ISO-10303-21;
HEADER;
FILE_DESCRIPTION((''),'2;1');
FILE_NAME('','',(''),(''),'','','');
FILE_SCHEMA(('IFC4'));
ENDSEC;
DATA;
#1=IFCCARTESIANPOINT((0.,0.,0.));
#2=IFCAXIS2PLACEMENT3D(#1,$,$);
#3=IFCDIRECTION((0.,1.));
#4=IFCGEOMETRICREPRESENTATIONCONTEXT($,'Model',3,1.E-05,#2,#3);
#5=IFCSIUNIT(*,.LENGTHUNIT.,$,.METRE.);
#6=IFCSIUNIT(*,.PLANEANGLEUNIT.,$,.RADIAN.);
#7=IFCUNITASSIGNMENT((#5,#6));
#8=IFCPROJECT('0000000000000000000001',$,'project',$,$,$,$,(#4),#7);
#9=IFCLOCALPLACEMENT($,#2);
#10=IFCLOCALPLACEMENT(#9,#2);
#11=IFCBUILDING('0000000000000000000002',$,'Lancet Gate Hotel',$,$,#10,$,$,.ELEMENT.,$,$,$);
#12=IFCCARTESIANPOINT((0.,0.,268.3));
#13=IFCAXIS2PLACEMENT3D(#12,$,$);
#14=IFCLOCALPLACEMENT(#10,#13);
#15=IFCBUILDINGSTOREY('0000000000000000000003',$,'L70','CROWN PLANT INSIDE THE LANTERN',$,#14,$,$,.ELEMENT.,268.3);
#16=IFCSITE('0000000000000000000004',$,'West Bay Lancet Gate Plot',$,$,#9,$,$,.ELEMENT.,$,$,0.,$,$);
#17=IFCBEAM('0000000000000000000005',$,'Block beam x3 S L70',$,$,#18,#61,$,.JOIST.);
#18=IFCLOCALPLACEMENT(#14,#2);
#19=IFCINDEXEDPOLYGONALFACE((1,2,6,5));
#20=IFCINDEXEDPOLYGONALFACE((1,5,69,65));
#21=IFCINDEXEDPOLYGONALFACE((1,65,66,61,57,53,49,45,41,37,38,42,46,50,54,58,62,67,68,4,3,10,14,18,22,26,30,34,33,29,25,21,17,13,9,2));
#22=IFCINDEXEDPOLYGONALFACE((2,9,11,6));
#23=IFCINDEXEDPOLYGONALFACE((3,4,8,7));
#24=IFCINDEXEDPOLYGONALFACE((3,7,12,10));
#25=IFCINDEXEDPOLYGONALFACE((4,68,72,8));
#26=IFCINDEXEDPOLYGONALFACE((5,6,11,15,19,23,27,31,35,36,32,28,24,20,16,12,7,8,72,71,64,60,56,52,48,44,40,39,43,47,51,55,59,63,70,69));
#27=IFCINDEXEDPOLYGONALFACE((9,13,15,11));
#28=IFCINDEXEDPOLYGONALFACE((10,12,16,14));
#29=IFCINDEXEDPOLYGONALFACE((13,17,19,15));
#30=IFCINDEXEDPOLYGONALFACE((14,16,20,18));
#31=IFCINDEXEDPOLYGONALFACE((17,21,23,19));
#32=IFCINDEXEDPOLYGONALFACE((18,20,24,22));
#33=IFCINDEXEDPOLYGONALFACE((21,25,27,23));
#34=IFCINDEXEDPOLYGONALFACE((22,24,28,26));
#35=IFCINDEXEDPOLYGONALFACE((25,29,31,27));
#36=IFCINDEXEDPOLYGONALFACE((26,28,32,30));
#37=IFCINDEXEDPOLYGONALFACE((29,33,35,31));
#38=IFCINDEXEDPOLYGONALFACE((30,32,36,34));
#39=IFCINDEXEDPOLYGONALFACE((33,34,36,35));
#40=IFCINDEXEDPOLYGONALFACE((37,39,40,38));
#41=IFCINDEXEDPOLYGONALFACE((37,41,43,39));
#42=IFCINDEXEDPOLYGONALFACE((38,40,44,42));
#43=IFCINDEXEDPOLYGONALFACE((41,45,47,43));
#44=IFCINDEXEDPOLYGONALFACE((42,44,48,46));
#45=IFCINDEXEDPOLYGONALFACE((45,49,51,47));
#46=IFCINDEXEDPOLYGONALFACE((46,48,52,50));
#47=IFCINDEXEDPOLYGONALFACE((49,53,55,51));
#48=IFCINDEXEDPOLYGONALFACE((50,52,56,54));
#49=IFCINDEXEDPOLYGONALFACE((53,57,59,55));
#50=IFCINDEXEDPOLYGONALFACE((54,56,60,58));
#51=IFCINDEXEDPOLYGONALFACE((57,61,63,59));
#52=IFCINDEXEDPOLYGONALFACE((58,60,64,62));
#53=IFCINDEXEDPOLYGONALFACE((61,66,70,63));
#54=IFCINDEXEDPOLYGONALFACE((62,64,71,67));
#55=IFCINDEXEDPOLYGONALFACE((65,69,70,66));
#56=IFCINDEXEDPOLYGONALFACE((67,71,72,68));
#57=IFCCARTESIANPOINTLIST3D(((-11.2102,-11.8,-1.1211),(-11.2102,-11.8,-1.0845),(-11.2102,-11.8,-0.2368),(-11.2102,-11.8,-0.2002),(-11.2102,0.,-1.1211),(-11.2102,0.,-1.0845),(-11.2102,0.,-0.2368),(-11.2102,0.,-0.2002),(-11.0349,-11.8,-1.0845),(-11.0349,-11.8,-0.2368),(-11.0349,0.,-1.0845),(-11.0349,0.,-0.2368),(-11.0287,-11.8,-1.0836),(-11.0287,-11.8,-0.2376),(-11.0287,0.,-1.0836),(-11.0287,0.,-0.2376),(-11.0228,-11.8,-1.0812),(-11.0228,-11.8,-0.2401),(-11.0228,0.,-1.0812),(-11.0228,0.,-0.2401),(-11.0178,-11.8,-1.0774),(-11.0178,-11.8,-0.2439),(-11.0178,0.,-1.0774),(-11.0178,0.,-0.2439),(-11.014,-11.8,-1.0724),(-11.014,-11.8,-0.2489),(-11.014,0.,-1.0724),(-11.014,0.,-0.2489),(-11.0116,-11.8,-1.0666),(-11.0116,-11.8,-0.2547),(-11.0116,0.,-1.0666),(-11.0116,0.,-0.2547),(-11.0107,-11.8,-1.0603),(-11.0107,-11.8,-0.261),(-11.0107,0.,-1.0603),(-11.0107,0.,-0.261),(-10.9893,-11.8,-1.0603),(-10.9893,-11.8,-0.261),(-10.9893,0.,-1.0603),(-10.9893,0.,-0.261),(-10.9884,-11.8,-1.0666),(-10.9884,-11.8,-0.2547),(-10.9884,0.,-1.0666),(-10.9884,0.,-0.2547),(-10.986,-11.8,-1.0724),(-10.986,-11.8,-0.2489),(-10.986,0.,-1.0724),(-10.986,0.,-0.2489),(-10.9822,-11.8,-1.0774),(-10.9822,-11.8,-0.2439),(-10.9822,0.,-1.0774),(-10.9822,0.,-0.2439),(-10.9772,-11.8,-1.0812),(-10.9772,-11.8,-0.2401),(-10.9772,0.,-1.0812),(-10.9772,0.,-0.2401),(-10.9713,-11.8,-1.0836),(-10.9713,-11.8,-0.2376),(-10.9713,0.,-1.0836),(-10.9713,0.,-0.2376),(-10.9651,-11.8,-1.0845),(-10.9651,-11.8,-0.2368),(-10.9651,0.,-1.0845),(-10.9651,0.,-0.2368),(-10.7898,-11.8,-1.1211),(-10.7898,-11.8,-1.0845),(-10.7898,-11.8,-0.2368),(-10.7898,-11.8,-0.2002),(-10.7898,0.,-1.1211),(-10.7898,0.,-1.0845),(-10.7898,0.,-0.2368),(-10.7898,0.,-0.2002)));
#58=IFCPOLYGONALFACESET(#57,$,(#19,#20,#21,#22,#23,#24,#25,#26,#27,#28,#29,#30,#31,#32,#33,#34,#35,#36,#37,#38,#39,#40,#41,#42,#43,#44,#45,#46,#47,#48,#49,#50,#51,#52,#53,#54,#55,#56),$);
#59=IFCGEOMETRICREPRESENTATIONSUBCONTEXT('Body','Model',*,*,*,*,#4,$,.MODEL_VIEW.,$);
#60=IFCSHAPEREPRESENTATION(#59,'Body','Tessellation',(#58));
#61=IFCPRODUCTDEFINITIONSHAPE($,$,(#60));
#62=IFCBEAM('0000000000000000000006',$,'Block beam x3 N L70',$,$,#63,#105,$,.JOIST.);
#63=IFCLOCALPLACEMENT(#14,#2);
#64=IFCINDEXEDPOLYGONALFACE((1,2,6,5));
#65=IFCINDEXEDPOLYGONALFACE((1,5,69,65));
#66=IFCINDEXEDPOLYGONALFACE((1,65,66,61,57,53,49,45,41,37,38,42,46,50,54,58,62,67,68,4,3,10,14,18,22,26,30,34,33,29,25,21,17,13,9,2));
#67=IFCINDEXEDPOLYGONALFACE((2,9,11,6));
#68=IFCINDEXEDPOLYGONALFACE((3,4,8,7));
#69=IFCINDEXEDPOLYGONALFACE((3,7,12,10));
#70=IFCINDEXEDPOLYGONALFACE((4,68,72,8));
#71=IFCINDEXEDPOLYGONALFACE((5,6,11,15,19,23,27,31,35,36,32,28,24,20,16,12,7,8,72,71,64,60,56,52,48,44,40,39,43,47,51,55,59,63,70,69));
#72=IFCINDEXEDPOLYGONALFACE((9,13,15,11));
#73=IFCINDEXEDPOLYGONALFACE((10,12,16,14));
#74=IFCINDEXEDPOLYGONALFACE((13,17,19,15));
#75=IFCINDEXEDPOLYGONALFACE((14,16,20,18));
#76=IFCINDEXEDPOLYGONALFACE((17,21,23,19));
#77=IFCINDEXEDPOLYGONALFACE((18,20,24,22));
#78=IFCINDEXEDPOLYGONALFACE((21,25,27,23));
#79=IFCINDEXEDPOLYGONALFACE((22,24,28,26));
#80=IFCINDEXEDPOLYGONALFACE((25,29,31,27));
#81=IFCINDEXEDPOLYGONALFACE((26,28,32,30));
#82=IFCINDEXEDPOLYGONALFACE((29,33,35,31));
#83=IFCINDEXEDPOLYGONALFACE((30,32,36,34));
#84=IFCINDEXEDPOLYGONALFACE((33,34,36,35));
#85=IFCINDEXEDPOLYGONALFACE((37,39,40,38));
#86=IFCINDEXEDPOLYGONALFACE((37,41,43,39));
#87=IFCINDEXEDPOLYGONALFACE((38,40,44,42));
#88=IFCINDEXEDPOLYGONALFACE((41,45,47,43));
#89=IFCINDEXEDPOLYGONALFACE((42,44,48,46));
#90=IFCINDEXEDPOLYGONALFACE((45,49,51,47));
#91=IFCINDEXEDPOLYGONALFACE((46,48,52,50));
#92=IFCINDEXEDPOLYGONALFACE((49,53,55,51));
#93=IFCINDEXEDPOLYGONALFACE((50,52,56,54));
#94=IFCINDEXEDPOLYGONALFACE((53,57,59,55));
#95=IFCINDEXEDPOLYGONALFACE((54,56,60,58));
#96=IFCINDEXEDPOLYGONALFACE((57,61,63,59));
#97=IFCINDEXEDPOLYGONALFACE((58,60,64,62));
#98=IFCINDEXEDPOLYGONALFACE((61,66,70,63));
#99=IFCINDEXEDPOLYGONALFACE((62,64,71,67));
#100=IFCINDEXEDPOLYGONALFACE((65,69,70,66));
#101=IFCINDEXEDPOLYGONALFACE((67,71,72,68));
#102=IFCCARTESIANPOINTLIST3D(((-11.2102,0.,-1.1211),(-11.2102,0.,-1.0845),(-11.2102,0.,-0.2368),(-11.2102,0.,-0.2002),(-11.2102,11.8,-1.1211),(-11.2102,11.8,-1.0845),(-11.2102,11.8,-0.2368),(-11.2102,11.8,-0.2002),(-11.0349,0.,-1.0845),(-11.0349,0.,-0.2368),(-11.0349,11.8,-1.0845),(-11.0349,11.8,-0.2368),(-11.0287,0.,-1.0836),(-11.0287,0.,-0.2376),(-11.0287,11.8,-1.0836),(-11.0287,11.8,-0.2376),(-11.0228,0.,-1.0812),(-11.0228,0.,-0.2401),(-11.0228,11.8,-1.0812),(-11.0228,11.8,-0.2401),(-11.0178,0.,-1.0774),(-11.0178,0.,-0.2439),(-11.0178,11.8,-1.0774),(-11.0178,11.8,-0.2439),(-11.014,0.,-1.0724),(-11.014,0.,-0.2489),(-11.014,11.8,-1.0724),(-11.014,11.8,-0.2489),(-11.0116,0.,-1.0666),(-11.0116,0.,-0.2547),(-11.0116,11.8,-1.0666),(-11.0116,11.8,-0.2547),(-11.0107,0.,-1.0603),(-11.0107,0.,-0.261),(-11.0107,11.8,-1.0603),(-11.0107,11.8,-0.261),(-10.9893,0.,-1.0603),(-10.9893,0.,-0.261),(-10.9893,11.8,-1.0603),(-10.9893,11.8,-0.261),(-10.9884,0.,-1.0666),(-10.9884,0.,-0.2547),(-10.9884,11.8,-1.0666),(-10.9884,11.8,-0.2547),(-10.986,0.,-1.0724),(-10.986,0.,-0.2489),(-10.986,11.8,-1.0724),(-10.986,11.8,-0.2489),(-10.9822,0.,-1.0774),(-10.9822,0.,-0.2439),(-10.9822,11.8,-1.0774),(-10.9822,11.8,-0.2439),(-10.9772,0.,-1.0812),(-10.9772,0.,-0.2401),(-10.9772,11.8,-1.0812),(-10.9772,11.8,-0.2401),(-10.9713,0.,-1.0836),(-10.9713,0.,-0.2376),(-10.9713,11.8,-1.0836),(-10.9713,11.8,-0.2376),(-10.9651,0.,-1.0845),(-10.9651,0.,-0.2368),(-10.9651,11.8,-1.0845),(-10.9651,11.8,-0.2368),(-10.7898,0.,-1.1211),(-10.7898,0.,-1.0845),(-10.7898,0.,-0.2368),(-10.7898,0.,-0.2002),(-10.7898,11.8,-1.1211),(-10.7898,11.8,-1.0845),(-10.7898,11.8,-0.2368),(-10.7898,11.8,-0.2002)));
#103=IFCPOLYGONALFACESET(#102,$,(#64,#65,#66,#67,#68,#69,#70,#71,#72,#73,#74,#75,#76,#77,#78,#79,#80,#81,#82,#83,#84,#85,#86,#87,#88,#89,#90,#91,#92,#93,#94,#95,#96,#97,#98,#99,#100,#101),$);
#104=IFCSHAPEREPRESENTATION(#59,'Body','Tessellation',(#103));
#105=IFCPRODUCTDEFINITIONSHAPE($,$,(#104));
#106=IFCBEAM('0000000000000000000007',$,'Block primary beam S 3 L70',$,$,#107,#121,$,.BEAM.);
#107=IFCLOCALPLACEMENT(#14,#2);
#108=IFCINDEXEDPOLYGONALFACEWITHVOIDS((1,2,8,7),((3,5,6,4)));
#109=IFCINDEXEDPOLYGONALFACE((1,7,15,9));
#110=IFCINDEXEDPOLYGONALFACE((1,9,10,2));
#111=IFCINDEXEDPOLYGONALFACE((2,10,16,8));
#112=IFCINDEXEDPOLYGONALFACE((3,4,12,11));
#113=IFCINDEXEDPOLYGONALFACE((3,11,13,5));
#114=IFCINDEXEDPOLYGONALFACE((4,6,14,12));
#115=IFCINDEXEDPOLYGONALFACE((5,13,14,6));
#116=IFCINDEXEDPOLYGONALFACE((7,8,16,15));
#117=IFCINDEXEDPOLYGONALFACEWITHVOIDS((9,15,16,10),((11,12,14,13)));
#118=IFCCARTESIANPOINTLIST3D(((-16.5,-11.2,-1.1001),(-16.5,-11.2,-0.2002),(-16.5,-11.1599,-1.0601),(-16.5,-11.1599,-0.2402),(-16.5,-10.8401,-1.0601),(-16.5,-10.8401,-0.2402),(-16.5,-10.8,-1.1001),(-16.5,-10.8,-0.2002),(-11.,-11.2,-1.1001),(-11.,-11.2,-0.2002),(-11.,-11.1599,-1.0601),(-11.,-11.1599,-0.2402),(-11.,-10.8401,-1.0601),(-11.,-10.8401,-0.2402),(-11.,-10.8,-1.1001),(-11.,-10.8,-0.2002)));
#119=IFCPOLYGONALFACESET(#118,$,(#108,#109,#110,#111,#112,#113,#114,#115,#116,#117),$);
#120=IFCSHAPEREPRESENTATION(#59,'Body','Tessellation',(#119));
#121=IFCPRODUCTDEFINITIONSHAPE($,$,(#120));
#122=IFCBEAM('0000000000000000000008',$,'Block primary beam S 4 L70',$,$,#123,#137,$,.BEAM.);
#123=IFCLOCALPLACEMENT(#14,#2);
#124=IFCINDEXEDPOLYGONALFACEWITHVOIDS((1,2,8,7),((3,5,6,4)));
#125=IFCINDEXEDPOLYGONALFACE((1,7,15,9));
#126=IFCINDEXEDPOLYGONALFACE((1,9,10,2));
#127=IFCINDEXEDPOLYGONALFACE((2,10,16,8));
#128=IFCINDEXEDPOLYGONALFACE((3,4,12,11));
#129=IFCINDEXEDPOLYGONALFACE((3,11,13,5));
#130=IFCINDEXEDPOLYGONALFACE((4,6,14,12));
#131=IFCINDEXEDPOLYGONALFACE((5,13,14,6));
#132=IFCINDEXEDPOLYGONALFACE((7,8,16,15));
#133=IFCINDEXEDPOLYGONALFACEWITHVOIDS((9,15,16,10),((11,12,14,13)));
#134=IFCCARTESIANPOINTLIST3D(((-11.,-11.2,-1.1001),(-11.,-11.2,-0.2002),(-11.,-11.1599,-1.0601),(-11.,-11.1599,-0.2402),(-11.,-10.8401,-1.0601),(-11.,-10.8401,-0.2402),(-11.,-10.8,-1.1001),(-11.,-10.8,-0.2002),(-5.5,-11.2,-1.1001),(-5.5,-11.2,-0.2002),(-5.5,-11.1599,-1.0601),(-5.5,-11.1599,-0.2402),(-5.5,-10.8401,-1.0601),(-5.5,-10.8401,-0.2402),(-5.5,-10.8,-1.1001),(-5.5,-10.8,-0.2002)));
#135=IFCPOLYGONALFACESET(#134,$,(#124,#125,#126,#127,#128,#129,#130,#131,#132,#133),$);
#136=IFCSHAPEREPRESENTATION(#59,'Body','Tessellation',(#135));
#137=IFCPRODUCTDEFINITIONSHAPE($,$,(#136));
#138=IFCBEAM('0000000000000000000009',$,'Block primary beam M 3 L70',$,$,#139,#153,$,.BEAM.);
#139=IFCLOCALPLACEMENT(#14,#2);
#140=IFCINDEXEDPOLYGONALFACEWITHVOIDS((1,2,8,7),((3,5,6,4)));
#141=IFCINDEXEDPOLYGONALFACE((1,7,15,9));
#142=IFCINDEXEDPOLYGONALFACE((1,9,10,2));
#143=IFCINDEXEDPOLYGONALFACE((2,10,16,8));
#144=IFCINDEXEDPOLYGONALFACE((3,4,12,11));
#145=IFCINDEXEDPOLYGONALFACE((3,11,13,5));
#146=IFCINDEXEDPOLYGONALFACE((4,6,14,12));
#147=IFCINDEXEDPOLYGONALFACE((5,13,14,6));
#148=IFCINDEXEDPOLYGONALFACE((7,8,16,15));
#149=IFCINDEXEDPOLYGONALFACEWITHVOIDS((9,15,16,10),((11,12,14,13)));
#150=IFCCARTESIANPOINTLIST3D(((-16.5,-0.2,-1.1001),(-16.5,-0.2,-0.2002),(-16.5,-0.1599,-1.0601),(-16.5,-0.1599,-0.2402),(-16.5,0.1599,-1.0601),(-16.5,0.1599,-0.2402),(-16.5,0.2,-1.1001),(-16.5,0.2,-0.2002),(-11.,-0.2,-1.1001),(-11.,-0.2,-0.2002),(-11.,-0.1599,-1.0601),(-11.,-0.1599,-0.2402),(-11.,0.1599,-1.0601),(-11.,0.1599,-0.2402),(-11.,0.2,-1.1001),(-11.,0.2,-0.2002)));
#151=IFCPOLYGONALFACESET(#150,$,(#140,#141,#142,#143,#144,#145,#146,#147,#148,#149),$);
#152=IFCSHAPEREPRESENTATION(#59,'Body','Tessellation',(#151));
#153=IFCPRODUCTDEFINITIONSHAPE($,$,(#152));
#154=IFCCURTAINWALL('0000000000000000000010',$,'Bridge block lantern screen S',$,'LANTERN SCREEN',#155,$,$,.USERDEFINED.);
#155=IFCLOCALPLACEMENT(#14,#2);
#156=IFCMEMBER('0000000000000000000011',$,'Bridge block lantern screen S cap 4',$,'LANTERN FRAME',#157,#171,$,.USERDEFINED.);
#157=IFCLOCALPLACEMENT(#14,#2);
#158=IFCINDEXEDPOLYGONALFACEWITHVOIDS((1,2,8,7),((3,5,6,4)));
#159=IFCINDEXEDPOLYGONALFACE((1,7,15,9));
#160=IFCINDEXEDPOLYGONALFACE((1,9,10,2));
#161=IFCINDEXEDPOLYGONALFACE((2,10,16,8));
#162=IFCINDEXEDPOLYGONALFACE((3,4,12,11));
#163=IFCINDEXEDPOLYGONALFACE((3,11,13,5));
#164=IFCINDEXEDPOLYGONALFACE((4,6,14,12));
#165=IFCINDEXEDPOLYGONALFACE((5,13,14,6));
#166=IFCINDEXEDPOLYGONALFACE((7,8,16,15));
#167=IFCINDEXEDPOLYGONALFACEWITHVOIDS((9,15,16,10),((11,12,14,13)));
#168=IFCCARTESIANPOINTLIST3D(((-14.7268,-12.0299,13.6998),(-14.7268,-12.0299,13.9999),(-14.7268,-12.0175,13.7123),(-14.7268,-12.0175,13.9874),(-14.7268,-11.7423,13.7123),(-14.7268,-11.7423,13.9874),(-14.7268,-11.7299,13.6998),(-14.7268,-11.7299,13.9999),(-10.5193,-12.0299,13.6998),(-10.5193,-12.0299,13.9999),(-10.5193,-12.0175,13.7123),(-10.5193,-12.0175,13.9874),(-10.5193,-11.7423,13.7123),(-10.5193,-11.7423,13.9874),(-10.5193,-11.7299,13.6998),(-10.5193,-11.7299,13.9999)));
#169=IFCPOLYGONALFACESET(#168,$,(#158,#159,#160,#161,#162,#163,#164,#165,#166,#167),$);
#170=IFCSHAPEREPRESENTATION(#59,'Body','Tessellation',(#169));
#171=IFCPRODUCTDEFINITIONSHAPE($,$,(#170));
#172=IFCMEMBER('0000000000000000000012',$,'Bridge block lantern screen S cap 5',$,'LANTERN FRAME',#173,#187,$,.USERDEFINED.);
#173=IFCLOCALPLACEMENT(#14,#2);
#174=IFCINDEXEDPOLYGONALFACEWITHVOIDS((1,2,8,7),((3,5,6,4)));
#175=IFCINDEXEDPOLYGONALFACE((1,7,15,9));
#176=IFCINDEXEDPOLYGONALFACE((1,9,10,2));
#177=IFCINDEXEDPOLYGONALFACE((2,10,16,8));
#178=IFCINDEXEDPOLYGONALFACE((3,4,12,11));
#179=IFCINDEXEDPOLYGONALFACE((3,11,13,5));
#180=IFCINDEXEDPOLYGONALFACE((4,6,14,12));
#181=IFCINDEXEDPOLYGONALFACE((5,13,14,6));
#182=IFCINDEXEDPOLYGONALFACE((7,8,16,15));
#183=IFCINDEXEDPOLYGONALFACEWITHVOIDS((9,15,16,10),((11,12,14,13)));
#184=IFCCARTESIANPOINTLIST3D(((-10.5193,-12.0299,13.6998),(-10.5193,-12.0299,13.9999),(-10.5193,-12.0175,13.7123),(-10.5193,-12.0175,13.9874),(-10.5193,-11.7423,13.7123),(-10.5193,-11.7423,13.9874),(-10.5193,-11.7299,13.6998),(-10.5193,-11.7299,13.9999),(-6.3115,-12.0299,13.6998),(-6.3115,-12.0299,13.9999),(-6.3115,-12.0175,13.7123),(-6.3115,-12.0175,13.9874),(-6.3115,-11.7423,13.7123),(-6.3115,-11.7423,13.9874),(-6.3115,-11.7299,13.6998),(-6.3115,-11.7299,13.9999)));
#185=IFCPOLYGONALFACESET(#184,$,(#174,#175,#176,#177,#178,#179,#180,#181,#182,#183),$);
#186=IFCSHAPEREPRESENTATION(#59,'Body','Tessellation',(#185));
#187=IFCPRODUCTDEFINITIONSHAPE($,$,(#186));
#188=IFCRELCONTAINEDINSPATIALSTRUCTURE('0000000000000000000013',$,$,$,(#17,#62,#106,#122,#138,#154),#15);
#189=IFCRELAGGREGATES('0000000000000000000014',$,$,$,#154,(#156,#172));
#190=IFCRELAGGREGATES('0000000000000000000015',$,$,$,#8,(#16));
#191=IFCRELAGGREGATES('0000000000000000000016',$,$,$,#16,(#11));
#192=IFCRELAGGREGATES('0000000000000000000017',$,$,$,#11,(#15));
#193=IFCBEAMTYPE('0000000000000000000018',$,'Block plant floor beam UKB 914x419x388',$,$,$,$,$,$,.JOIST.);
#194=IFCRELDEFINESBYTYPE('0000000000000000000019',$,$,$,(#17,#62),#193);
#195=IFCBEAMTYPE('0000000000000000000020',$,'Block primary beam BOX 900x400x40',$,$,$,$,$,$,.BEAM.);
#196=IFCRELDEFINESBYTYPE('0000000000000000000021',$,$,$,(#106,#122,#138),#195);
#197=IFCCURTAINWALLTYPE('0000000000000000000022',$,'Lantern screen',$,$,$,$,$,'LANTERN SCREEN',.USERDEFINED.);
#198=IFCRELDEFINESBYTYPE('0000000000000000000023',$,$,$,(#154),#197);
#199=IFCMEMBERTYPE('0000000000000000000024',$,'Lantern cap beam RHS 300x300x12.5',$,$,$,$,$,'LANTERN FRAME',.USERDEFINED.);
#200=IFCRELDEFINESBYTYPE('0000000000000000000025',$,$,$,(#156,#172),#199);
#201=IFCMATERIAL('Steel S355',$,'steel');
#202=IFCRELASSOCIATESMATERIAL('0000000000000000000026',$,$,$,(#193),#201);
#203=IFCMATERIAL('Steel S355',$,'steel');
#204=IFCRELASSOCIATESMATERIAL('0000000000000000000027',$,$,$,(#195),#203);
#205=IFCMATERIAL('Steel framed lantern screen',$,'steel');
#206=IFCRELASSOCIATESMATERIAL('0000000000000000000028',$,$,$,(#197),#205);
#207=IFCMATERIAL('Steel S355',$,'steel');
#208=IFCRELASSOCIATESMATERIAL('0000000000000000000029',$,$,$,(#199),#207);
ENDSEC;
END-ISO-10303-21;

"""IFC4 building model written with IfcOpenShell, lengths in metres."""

from ifc_helpers import new_model, si_unit, direction, frame, origin, origin_2d, place, context, subcontext, project, spatial, hollow_rectangle, i_section, extrude, material, material_profile, profile_set, type_object, element, aggregate, save


model = new_model("IFC4")

# Units and contexts
model_context = context("Model", 3, precision=1e-05, world=origin(), true_north=direction((0.0, 1.0)))
body_context = subcontext(model_context, "Body", "Model", "MODEL_VIEW")
ifc_project = project(units=[si_unit("LENGTHUNIT", "METRE"), si_unit("PLANEANGLEUNIT", "RADIAN")], contexts=[model_context])

# Site, building, storey
site_placement = place(None, origin())
site = spatial("IfcSite", under=ifc_project, at=site_placement, Name="West Bay Lancet Gate Plot", CompositionType="ELEMENT", RefElevation=0.0)
building_placement = place(site_placement, origin())
building = spatial("IfcBuilding", under=site, at=building_placement, Name="Lancet Gate Hotel", CompositionType="ELEMENT")
storey_placement = place(building_placement, frame((0.0, 0.0, 268.3)))
storey = spatial("IfcBuildingStorey", under=building, at=storey_placement, Name="L70", Description="CROWN PLANT INSIDE THE LANTERN", CompositionType="ELEMENT", Elevation=268.3)

# Beams
ifc_material_1 = material(Name="Steel S355", Category="steel")
ifc_material_profile_1 = material_profile(ifc_material_1, i_section(OverallWidth=0.4204, OverallDepth=0.9209, WebThickness=0.0215, FlangeThickness=0.0366, FilletRadius=0.0242, at=origin_2d()), Name="UKB 914x419x388")
ifc_profile_set_1 = profile_set([ifc_material_profile_1], Name="Steel S355")
beam_type_1 = type_object("IfcBeamType", Name="Block plant floor beam UKB 914x419x388", PredefinedType="JOIST", material=ifc_profile_set_1)
for number, where, z_axis, x_axis, name in (
    (1, (-11.0, -11.8, -0.6606), (0.0, 1.0, 0.0), (-1.0, 0.0, 0.0), "Block beam x3 S L70"),
    (2, (-11.0, 0.0, -0.6606), (0.0, 1.0, 0.0), (-1.0, 0.0, 0.0), "Block beam x3 N L70"),
):
    element("IfcBeam", number, at=place(storey_placement, frame(where, z_axis=z_axis, x_axis=x_axis)), inside=storey, type_object=beam_type_1, Name=name, PredefinedType="JOIST", context=body_context, shape_type="SweptSolid", body=[
        extrude(i_section(OverallWidth=0.4204, OverallDepth=0.9209, WebThickness=0.0215, FlangeThickness=0.0366, FilletRadius=0.0242, at=origin_2d()), origin(), (0.0, 0.0, 1.0), 11.8),
    ])
ifc_material_2 = material(Name="Steel S355", Category="steel")
ifc_material_profile_2 = material_profile(ifc_material_2, hollow_rectangle(XDim=0.3999, YDim=0.8999, WallThickness=0.04, at=origin_2d()), Name="BOX 900x400x40")
ifc_profile_set_2 = profile_set([ifc_material_profile_2], Name="Steel S355")
beam_type_2 = type_object("IfcBeamType", Name="Block primary beam BOX 900x400x40", PredefinedType="BEAM", material=ifc_profile_set_2)
for number, where, z_axis, x_axis, name in (
    (3, (-16.5, -11.0, -0.6501), (1.0, 0.0, 0.0), (0.0, 1.0, 0.0), "Block primary beam S 3 L70"),
    (4, (-11.0, -11.0, -0.6501), (1.0, 0.0, 0.0), (0.0, 1.0, 0.0), "Block primary beam S 4 L70"),
    (5, (-16.5, 0.0, -0.6501), (1.0, 0.0, 0.0), (0.0, 1.0, 0.0), "Block primary beam M 3 L70"),
):
    element("IfcBeam", number, at=place(storey_placement, frame(where, z_axis=z_axis, x_axis=x_axis)), inside=storey, type_object=beam_type_2, Name=name, PredefinedType="BEAM", context=body_context, shape_type="SweptSolid", body=[
        extrude(hollow_rectangle(XDim=0.3999, YDim=0.8999, WallThickness=0.04, at=origin_2d()), origin(), (0.0, 0.0, 1.0), 5.5),
    ])

# Curtain wall, members
ifc_material_3 = material(Name="Steel framed lantern screen", Category="steel")
curtain_wall_type_1 = type_object("IfcCurtainWallType", Name="Lantern screen", ElementType="LANTERN SCREEN", PredefinedType="USERDEFINED", material=ifc_material_3)
curtain_wall_1_placement = place(storey_placement, origin())
curtain_wall_1 = element("IfcCurtainWall", 6, at=curtain_wall_1_placement, inside=storey, type_object=curtain_wall_type_1, Name="Bridge block lantern screen S", ObjectType="LANTERN SCREEN", PredefinedType="USERDEFINED")
ifc_material_4 = material(Name="Steel S355", Category="steel")
ifc_material_profile_3 = material_profile(ifc_material_4, hollow_rectangle(XDim=0.3, YDim=0.3, WallThickness=0.0125, at=origin_2d()), Name="RHS 300x300x12.5")
ifc_profile_set_3 = profile_set([ifc_material_profile_3], Name="Steel S355")
member_type_1 = type_object("IfcMemberType", Name="Lantern cap beam RHS 300x300x12.5", ElementType="LANTERN FRAME", PredefinedType="USERDEFINED", material=ifc_profile_set_3)
member_1_placement = place(storey_placement, frame((-14.7268, -11.8799, 13.8499), z_axis=(1.0, 0.0, 0.0), x_axis=(0.0, 1.0, 0.0)))
member_1 = element("IfcMember", 7, at=member_1_placement, type_object=member_type_1, Name="Bridge block lantern screen S cap 4", ObjectType="LANTERN FRAME", PredefinedType="USERDEFINED", context=body_context, shape_type="SweptSolid", body=[
    extrude(hollow_rectangle(XDim=0.3, YDim=0.3, WallThickness=0.0125, at=origin_2d()), origin(), (0.0, 0.0, 1.0), 4.2075),
])
member_2_placement = place(storey_placement, frame((-10.5193, -11.8799, 13.8499), z_axis=(1.0, 0.0, 0.0), x_axis=(0.0, 1.0, 0.0)))
member_2 = element("IfcMember", 8, at=member_2_placement, type_object=member_type_1, Name="Bridge block lantern screen S cap 5", ObjectType="LANTERN FRAME", PredefinedType="USERDEFINED", context=body_context, shape_type="SweptSolid", body=[
    extrude(hollow_rectangle(XDim=0.3, YDim=0.3, WallThickness=0.0125, at=origin_2d()), origin(), (0.0, 0.0, 1.0), 4.2078),
])

aggregate(curtain_wall_1, [member_1, member_2])

save(model, "model.ifc")
